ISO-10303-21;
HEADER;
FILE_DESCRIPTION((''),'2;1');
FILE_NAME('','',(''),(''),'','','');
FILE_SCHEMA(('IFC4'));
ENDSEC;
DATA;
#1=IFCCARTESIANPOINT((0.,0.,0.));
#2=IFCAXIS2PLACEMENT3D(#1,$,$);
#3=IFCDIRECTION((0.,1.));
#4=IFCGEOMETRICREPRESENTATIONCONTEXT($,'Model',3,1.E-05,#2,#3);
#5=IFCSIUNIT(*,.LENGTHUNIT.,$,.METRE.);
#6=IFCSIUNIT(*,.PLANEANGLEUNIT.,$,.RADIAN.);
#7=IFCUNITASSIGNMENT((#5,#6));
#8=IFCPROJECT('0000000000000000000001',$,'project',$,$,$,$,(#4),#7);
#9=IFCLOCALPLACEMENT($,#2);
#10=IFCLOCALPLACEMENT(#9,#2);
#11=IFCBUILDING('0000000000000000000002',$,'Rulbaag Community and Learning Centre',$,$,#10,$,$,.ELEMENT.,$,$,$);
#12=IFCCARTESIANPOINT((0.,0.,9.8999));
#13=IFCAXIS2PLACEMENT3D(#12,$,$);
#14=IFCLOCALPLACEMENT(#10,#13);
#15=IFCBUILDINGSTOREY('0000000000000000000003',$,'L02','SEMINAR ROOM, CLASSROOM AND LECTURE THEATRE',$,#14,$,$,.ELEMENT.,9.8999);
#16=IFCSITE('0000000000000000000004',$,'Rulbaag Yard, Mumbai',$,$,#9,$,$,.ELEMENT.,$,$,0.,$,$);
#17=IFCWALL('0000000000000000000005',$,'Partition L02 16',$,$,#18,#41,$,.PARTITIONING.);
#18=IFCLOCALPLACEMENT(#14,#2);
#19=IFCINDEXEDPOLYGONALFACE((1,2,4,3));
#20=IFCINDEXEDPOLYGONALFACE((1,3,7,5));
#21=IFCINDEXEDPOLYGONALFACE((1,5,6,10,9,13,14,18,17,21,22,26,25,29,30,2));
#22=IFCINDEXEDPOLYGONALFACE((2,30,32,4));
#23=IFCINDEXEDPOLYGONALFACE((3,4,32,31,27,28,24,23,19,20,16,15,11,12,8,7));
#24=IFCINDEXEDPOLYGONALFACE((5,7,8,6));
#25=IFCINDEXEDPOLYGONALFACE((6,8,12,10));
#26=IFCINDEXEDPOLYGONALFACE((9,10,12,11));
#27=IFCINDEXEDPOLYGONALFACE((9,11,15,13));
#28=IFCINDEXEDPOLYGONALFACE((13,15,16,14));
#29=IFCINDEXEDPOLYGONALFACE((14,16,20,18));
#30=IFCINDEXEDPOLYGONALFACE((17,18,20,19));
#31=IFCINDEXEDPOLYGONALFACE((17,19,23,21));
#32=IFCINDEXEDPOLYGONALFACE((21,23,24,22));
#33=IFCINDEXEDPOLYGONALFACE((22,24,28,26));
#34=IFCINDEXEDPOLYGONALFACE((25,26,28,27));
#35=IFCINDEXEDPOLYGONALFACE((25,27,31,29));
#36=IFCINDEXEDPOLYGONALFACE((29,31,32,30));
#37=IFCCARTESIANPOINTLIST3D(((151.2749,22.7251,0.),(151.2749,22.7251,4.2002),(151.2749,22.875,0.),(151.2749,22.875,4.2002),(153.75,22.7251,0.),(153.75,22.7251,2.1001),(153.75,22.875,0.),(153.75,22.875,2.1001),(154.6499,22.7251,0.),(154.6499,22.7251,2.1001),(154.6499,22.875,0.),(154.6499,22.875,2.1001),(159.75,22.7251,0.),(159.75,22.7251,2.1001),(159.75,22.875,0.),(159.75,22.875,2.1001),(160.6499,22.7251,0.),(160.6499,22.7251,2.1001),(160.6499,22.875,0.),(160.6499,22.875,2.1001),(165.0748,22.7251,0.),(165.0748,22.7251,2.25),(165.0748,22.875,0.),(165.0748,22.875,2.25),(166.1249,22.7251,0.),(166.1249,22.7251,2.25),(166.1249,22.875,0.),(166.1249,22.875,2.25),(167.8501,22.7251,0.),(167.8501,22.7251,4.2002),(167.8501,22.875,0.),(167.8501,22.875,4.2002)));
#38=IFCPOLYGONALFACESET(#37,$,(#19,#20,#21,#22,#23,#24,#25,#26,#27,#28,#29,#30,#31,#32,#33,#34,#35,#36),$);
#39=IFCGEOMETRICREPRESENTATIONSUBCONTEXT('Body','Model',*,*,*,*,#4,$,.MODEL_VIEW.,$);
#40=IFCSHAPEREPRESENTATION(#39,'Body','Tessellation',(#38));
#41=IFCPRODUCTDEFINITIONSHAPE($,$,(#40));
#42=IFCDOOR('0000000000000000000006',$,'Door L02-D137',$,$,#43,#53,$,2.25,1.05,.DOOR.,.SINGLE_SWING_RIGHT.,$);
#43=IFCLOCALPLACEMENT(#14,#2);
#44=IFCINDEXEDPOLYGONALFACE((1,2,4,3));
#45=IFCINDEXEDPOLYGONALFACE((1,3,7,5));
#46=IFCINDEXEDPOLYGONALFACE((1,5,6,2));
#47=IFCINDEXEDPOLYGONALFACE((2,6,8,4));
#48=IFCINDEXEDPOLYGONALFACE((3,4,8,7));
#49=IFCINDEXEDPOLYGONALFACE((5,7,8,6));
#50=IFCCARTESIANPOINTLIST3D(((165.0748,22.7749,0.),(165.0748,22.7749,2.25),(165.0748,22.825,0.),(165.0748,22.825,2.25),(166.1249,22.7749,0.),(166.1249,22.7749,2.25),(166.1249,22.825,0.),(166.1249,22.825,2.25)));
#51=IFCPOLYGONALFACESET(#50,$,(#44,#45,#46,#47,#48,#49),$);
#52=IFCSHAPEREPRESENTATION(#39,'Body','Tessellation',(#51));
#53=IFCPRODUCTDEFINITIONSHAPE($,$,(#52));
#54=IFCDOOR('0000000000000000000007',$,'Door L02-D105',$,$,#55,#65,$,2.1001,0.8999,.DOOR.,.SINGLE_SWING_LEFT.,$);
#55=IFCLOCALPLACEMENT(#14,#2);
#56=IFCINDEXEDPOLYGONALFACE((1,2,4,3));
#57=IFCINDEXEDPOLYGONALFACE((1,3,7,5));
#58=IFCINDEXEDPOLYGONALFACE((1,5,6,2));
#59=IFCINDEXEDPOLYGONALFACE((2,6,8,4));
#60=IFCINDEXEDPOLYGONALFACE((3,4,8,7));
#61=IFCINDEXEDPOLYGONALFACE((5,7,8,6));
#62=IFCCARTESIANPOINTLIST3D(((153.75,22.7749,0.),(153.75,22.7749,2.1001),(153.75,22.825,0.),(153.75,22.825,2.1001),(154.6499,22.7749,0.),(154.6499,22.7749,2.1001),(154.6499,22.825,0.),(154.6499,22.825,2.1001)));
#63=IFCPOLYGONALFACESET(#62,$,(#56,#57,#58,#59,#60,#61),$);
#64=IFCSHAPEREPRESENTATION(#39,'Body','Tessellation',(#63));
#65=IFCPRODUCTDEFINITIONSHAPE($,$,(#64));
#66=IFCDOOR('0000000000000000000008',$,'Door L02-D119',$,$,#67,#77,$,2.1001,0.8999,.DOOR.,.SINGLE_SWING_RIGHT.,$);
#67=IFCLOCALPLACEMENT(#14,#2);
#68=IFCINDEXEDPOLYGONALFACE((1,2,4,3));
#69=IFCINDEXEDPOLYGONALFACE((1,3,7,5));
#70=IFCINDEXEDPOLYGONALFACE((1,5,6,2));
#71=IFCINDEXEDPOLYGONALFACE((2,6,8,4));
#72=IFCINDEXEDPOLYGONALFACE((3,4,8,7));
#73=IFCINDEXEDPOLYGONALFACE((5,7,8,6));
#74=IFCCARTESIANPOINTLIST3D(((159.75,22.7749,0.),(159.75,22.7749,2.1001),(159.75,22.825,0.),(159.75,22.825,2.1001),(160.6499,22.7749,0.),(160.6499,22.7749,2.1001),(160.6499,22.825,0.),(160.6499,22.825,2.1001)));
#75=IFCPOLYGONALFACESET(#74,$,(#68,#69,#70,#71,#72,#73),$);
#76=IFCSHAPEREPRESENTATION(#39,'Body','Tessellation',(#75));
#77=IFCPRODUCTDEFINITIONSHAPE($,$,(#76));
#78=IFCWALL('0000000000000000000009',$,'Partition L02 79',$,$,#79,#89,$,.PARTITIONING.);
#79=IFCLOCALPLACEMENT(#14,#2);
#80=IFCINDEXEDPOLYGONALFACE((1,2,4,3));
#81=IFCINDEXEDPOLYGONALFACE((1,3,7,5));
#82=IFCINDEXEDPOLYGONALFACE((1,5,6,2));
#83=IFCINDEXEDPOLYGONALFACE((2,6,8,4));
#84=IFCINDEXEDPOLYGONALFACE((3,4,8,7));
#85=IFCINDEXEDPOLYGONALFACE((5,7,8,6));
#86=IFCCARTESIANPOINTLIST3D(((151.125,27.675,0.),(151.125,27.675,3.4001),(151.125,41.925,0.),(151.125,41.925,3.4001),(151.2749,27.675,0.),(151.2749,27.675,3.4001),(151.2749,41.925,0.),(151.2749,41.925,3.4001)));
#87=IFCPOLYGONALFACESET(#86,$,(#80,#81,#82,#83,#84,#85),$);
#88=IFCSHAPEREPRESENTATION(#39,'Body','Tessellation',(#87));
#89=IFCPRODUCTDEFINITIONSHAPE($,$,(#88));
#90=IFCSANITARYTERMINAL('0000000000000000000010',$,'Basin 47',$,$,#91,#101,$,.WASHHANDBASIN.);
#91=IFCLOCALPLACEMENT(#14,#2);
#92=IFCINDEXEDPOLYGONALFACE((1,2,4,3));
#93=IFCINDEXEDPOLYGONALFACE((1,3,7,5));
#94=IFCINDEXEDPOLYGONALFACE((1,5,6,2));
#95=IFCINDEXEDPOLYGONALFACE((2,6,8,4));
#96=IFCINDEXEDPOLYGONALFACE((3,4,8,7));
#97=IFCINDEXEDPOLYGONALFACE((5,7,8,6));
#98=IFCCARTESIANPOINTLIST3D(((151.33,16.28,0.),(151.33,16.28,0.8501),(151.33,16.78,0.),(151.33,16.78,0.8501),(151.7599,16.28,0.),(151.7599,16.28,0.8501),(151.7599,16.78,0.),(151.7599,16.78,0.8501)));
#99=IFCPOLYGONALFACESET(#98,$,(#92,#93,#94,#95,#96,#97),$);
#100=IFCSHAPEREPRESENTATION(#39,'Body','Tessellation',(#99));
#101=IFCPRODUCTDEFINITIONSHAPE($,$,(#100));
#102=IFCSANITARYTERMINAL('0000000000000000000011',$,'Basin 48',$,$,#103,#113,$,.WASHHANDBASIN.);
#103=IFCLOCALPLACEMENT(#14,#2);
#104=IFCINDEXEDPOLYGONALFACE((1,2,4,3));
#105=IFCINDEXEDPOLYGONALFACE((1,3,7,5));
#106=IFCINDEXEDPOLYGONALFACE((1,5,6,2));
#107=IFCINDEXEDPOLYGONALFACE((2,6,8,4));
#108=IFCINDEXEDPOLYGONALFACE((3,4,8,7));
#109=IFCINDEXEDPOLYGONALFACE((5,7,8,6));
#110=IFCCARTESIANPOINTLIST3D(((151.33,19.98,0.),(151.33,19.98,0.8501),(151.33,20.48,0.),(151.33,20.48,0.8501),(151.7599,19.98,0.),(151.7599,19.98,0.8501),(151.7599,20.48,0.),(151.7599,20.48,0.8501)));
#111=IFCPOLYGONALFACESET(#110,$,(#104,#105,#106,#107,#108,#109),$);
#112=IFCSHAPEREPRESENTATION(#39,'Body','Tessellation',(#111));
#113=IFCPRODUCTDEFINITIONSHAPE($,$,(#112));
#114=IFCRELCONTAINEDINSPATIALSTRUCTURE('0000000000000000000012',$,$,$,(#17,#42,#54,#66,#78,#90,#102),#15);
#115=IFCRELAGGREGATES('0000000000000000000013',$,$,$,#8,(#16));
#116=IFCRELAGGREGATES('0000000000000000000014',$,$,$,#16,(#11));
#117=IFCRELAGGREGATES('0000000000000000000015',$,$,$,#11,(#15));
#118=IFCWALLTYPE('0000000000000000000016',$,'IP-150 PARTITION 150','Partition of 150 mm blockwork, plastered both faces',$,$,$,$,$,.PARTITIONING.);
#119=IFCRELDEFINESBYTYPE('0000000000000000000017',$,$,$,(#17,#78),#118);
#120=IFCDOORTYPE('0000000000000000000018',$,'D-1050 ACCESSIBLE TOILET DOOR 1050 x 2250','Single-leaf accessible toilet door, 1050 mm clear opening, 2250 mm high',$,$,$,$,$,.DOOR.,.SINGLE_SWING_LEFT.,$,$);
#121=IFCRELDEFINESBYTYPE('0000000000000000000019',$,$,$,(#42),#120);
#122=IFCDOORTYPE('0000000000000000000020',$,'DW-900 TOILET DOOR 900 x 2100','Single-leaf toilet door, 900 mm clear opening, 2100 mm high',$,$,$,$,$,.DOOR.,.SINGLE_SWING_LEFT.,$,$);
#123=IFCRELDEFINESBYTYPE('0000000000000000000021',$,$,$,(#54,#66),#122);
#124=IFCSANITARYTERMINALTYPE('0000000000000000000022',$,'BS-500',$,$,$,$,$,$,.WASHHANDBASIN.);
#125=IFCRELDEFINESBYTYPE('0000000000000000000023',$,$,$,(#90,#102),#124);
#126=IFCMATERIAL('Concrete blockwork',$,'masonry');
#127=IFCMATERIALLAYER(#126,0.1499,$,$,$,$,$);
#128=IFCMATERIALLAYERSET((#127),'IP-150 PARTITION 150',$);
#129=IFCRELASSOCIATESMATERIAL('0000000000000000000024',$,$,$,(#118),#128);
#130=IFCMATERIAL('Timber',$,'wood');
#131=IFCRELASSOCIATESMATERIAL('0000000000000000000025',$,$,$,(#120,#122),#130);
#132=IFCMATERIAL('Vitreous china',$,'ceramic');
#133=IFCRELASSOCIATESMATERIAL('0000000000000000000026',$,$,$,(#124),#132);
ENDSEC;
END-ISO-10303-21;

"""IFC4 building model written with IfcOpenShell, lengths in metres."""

from ifc_helpers import new_model, si_unit, direction, frame, frame_2d, origin, origin_2d, place, context, subcontext, project, spatial, rectangle, extrude, material, layer, layer_set, type_object, element, fill, save


model = new_model("IFC4")

# Units and contexts
model_context = context("Model", 3, precision=1e-05, world=origin(), true_north=direction((0.0, 1.0)))
body_context = subcontext(model_context, "Body", "Model", "MODEL_VIEW")
ifc_project = project(units=[si_unit("LENGTHUNIT", "METRE"), si_unit("PLANEANGLEUNIT", "RADIAN")], contexts=[model_context])

# Site, building, storey
site_placement = place(None, origin())
site = spatial("IfcSite", under=ifc_project, at=site_placement, Name="Rulbaag Yard, Mumbai", CompositionType="ELEMENT", RefElevation=0.0)
building_placement = place(site_placement, origin())
building = spatial("IfcBuilding", under=site, at=building_placement, Name="Rulbaag Community and Learning Centre", CompositionType="ELEMENT")
storey_placement = place(building_placement, frame((0.0, 0.0, 9.8999)))
storey = spatial("IfcBuildingStorey", under=building, at=storey_placement, Name="L02", Description="SEMINAR ROOM, CLASSROOM AND LECTURE THEATRE", CompositionType="ELEMENT", Elevation=9.8999)

# Wall, openings, doors
ifc_material_1 = material(Name="Concrete blockwork", Category="masonry")
ifc_layer_1 = layer(ifc_material_1, 0.1499)
ifc_layer_set_1 = layer_set([ifc_layer_1], Name="IP-150 PARTITION 150")
wall_type_1 = type_object("IfcWallType", Name="IP-150 PARTITION 150", Description="Partition of 150 mm blockwork, plastered both faces", PredefinedType="PARTITIONING", material=ifc_layer_set_1)
wall_1_placement = place(storey_placement, frame((151.2749, 22.8, 0.0), z_axis=(0.0, 0.0, 1.0), x_axis=(1.0, 0.0, 0.0)))
wall_1 = element("IfcWall", 1, at=wall_1_placement, inside=storey, type_object=wall_type_1, Name="Partition L02 16", PredefinedType="PARTITIONING", context=body_context, shape_type="SweptSolid", body=[
    extrude(rectangle(XDim=16.5752, YDim=0.1499, at=frame_2d((8.2876, 0.0))), origin(), (0.0, 0.0, 1.0), 4.2002),
])
opening_1_placement = place(wall_1_placement, frame((2.4751, 0.0, 0.0)))
opening_1 = element("IfcOpeningElement", 2, at=opening_1_placement, cuts=wall_1, PredefinedType="OPENING", context=body_context, shape_type="SweptSolid", body=[
    extrude(rectangle(XDim=0.8999, YDim=2.1001, at=frame_2d((0.45, 1.05))), frame((0.0, 0.085, 0.0), z_axis=(0.0, -1.0, 0.0), x_axis=(1.0, 0.0, 0.0)), (0.0, 0.0, 1.0), 0.1699),
])
opening_2_placement = place(wall_1_placement, frame((8.4751, 0.0, 0.0)))
opening_2 = element("IfcOpeningElement", 3, at=opening_2_placement, cuts=wall_1, PredefinedType="OPENING", context=body_context, shape_type="SweptSolid", body=[
    extrude(rectangle(XDim=0.8999, YDim=2.1001, at=frame_2d((0.45, 1.05))), frame((0.0, 0.085, 0.0), z_axis=(0.0, -1.0, 0.0), x_axis=(1.0, 0.0, 0.0)), (0.0, 0.0, 1.0), 0.1699),
])
opening_3_placement = place(wall_1_placement, frame((13.8, 0.0, 0.0)))
opening_3 = element("IfcOpeningElement", 4, at=opening_3_placement, cuts=wall_1, PredefinedType="OPENING", context=body_context, shape_type="SweptSolid", body=[
    extrude(rectangle(XDim=1.05, YDim=2.25, at=frame_2d((0.5249, 1.125))), frame((0.0, 0.085, 0.0), z_axis=(0.0, -1.0, 0.0), x_axis=(1.0, 0.0, 0.0)), (0.0, 0.0, 1.0), 0.1699),
])
ifc_material_2 = material(Name="Timber", Category="wood")
door_type_1 = type_object("IfcDoorType", Name="D-1050 ACCESSIBLE TOILET DOOR 1050 x 2250", Description="Single-leaf accessible toilet door, 1050 mm clear opening, 2250 mm high", OperationType="SINGLE_SWING_LEFT", PredefinedType="DOOR", material=ifc_material_2)
door_1_placement = place(opening_3_placement, origin())
door_1 = element("IfcDoor", 5, at=door_1_placement, inside=storey, type_object=door_type_1, Name="Door L02-D137", OperationType="SINGLE_SWING_RIGHT", OverallHeight=2.25, OverallWidth=1.05, PredefinedType="DOOR", context=body_context, shape_type="SweptSolid", body=[
    extrude(rectangle(XDim=1.05, YDim=2.25, at=frame_2d((0.5249, 1.125))), frame((0.0, 0.0249, 0.0), z_axis=(0.0, -1.0, 0.0), x_axis=(1.0, 0.0, 0.0)), (0.0, 0.0, 1.0), 0.05),
])
fill(opening_3, door_1)
door_type_2 = type_object("IfcDoorType", Name="DW-900 TOILET DOOR 900 x 2100", Description="Single-leaf toilet door, 900 mm clear opening, 2100 mm high", OperationType="SINGLE_SWING_LEFT", PredefinedType="DOOR", material=ifc_material_2)
door_2_placement = place(opening_1_placement, origin())
door_2 = element("IfcDoor", 6, at=door_2_placement, inside=storey, type_object=door_type_2, Name="Door L02-D105", OperationType="SINGLE_SWING_LEFT", OverallHeight=2.1001, OverallWidth=0.8999, PredefinedType="DOOR", context=body_context, shape_type="SweptSolid", body=[
    extrude(rectangle(XDim=0.8999, YDim=2.1001, at=frame_2d((0.45, 1.05))), frame((0.0, 0.0249, 0.0), z_axis=(0.0, -1.0, 0.0), x_axis=(1.0, 0.0, 0.0)), (0.0, 0.0, 1.0), 0.05),
])
fill(opening_1, door_2)
door_3_placement = place(opening_2_placement, origin())
door_3 = element("IfcDoor", 7, at=door_3_placement, inside=storey, type_object=door_type_2, Name="Door L02-D119", OperationType="SINGLE_SWING_RIGHT", OverallHeight=2.1001, OverallWidth=0.8999, PredefinedType="DOOR", context=body_context, shape_type="SweptSolid", body=[
    extrude(rectangle(XDim=0.8999, YDim=2.1001, at=frame_2d((0.45, 1.05))), frame((0.0, 0.0249, 0.0), z_axis=(0.0, -1.0, 0.0), x_axis=(1.0, 0.0, 0.0)), (0.0, 0.0, 1.0), 0.05),
])
fill(opening_2, door_3)

# Wall
wall_2_placement = place(storey_placement, frame((151.2, 27.675, 0.0), z_axis=(0.0, 0.0, 1.0), x_axis=(0.0, 1.0, 0.0)))
element("IfcWall", 8, at=wall_2_placement, inside=storey, type_object=wall_type_1, Name="Partition L02 79", PredefinedType="PARTITIONING", context=body_context, shape_type="SweptSolid", body=[
    extrude(rectangle(XDim=14.25, YDim=0.1499, at=frame_2d((7.125, 0.0))), origin(), (0.0, 0.0, 1.0), 3.4001),
])

# Sanitary terminals
ifc_material_3 = material(Name="Vitreous china", Category="ceramic")
sanitary_terminal_type = type_object("IfcSanitaryTerminalType", Name="BS-500", PredefinedType="WASHHANDBASIN", material=ifc_material_3)
for number, where, z_axis, x_axis, name in (
    (9, (151.5449, 16.53, 0.0), (0.0, 0.0, 1.0), (1.0, 0.0, 0.0), "Basin 47"),
    (10, (151.5449, 20.23, 0.0), (0.0, 0.0, 1.0), (1.0, 0.0, 0.0), "Basin 48"),
):
    element("IfcSanitaryTerminal", number, at=place(storey_placement, frame(where, z_axis=z_axis, x_axis=x_axis)), inside=storey, type_object=sanitary_terminal_type, Name=name, PredefinedType="WASHHANDBASIN", context=body_context, shape_type="SweptSolid", body=[
        extrude(rectangle(XDim=0.4299, YDim=0.5, at=origin_2d()), origin(), (0.0, 0.0, 1.0), 0.8501),
    ])

save(model, "model.ifc")
